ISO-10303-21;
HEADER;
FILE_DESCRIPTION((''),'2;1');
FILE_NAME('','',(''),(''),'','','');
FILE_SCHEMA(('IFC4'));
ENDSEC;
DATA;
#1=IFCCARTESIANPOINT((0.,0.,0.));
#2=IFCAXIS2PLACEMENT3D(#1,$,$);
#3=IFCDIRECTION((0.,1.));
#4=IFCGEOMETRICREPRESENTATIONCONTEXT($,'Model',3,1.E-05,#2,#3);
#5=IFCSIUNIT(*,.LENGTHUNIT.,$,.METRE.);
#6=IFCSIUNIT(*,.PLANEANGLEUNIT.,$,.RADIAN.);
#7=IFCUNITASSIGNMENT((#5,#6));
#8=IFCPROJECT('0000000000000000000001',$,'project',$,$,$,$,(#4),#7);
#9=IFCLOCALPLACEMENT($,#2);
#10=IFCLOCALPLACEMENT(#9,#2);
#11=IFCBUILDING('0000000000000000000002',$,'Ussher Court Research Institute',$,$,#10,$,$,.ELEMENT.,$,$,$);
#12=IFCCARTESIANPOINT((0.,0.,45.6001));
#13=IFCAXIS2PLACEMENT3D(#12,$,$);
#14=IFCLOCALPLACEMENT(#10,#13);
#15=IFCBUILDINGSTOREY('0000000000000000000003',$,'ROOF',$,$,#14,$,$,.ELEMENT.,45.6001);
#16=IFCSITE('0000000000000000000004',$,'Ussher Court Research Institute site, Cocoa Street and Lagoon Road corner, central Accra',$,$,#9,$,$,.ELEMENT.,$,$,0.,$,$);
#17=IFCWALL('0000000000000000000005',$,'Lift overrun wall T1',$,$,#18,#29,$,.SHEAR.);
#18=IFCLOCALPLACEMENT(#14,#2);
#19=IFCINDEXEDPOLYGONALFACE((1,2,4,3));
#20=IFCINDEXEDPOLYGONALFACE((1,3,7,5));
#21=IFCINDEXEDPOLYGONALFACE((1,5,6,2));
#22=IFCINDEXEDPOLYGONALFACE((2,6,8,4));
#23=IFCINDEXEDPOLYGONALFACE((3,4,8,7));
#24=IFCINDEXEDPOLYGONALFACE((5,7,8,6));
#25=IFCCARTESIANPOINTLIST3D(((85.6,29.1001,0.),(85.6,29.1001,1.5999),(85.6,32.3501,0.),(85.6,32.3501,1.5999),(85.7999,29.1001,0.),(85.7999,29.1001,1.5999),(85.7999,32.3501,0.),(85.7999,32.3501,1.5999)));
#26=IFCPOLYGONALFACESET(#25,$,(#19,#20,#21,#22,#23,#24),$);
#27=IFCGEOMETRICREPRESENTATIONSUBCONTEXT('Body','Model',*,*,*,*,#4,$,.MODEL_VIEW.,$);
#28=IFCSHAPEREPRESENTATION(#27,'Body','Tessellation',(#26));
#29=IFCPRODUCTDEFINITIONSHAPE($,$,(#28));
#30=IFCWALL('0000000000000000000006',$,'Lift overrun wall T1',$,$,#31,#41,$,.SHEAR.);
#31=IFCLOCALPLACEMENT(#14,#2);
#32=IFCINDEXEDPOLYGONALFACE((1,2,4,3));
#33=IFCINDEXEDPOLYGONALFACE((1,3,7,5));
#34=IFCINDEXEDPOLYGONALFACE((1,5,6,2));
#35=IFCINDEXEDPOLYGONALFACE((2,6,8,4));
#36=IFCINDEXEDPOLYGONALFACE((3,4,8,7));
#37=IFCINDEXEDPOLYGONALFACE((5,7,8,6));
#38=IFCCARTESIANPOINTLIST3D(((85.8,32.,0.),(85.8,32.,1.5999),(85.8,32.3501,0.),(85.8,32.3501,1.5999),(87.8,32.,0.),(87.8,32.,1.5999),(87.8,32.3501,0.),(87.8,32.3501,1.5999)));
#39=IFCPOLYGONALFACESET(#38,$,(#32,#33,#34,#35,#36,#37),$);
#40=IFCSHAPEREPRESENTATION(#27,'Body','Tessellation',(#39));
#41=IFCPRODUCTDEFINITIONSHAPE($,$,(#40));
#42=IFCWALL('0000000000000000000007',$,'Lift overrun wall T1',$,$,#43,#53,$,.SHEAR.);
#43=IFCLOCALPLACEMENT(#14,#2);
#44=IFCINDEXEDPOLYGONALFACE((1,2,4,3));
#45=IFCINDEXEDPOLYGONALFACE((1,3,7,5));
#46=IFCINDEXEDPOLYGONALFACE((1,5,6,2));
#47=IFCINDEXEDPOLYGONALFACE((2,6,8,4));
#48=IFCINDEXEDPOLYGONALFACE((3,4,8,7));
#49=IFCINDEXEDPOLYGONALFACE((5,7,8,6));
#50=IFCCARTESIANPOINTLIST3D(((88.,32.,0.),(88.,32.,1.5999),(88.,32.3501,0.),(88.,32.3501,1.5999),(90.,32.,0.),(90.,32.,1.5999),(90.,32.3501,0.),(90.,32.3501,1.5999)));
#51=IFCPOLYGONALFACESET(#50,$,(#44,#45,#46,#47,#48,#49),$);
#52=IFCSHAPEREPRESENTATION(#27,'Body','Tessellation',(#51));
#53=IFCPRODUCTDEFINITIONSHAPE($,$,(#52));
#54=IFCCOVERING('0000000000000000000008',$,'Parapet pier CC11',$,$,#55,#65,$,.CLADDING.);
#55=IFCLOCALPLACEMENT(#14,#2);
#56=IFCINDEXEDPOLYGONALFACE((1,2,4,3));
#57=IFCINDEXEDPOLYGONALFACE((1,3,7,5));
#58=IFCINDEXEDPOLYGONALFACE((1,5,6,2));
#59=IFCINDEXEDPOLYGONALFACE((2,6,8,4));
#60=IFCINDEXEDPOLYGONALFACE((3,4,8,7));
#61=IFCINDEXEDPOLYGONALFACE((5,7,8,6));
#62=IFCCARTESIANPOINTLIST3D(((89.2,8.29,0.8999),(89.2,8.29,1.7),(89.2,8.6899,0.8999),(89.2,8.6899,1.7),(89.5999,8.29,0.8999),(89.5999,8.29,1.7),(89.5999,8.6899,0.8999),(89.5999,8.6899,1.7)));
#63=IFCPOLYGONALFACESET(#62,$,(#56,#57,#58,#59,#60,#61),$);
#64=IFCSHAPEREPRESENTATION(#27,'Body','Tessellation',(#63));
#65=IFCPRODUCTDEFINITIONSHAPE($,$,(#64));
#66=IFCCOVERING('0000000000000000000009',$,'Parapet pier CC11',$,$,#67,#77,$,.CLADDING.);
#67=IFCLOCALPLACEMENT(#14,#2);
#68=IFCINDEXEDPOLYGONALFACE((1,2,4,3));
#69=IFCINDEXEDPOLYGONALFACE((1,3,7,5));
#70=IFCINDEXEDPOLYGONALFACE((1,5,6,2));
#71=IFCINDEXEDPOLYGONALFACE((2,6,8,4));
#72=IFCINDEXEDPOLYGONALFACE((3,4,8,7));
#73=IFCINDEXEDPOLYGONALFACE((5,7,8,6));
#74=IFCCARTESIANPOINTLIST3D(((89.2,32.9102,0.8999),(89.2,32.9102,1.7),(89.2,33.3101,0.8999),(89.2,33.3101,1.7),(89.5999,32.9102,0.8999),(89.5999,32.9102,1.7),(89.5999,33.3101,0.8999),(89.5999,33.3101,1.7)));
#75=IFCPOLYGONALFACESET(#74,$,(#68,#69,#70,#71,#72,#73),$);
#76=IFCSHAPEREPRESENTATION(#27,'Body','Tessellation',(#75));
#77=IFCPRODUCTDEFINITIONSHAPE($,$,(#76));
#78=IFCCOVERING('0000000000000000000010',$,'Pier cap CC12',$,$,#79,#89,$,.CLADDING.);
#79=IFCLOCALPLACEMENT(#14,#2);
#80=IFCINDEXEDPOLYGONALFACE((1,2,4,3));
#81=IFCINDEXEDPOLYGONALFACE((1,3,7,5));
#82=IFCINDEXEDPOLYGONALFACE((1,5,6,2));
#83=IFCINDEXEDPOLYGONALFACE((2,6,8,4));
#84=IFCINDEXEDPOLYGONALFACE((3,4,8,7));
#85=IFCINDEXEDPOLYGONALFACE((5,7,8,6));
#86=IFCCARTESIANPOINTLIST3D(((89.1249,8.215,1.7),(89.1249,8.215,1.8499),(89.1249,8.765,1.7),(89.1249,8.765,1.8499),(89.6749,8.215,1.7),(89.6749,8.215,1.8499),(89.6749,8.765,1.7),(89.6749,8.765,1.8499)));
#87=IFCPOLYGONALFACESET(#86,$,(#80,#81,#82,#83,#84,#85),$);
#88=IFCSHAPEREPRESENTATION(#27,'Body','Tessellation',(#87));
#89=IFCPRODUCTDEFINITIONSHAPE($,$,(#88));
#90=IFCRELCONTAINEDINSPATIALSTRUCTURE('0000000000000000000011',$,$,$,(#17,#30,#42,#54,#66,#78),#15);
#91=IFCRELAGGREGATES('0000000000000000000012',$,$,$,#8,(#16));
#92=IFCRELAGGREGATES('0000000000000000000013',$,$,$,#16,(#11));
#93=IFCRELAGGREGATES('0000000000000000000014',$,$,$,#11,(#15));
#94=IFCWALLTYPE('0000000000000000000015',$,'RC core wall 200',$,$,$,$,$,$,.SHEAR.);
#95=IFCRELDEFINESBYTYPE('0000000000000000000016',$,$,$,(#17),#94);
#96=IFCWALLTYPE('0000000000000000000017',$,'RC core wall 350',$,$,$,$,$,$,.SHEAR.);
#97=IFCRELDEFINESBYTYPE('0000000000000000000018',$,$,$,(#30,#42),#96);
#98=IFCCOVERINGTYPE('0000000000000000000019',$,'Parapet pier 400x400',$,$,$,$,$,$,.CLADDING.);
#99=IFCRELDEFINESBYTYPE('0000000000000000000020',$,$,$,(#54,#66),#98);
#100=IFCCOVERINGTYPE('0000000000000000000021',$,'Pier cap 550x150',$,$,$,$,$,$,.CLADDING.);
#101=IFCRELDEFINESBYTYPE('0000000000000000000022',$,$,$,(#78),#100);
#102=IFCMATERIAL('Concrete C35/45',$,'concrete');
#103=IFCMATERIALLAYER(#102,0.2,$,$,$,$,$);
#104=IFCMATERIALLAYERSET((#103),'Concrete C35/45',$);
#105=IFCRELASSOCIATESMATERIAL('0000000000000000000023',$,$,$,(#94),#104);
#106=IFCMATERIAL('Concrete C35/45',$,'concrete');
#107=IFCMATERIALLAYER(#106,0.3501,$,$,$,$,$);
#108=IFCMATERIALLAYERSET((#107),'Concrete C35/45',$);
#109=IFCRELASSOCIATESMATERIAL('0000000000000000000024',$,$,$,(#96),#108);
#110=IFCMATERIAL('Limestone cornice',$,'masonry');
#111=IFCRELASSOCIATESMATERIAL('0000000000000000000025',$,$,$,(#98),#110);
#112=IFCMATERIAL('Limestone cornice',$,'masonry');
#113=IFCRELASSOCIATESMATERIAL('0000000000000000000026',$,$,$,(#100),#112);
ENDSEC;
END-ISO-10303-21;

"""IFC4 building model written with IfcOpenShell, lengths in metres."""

from ifc_helpers import new_model, si_unit, direction, frame, frame_2d, origin, origin_2d, place, context, subcontext, project, spatial, rectangle, extrude, material, layer, layer_set, type_object, element, save


model = new_model("IFC4")

# Units and contexts
model_context = context("Model", 3, precision=1e-05, world=origin(), true_north=direction((0.0, 1.0)))
body_context = subcontext(model_context, "Body", "Model", "MODEL_VIEW")
ifc_project = project(units=[si_unit("LENGTHUNIT", "METRE"), si_unit("PLANEANGLEUNIT", "RADIAN")], contexts=[model_context])

# Site, building, storey
site_placement = place(None, origin())
site = spatial("IfcSite", under=ifc_project, at=site_placement, Name="Ussher Court Research Institute site, Cocoa Street and Lagoon Road corner, central Accra", CompositionType="ELEMENT", RefElevation=0.0)
building_placement = place(site_placement, origin())
building = spatial("IfcBuilding", under=site, at=building_placement, Name="Ussher Court Research Institute", CompositionType="ELEMENT")
storey_placement = place(building_placement, frame((0.0, 0.0, 45.6001)))
storey = spatial("IfcBuildingStorey", under=building, at=storey_placement, Name="ROOF", CompositionType="ELEMENT", Elevation=45.6001)

# Walls
ifc_material_1 = material(Name="Concrete C35/45", Category="concrete")
ifc_layer_1 = layer(ifc_material_1, 0.2)
ifc_layer_set_1 = layer_set([ifc_layer_1], Name="Concrete C35/45")
wall_type_1 = type_object("IfcWallType", Name="RC core wall 200", PredefinedType="SHEAR", material=ifc_layer_set_1)
wall_1_placement = place(storey_placement, frame((85.7, 29.1001, 0.0), z_axis=(0.0, 0.0, 1.0), x_axis=(0.0, 1.0, 0.0)))
element("IfcWall", 1, at=wall_1_placement, inside=storey, type_object=wall_type_1, Name="Lift overrun wall T1", PredefinedType="SHEAR", context=body_context, shape_type="SweptSolid", body=[
    extrude(rectangle(XDim=3.25, YDim=0.2, at=frame_2d((1.625, 0.0))), origin(), (0.0, 0.0, 1.0), 1.5999),
])
ifc_material_2 = material(Name="Concrete C35/45", Category="concrete")
ifc_layer_2 = layer(ifc_material_2, 0.3501)
ifc_layer_set_2 = layer_set([ifc_layer_2], Name="Concrete C35/45")
wall_type_2 = type_object("IfcWallType", Name="RC core wall 350", PredefinedType="SHEAR", material=ifc_layer_set_2)
for number, where, z_axis, x_axis, name in (
    (2, (85.8, 32.175, 0.0), (0.0, 0.0, 1.0), (1.0, 0.0, 0.0), "Lift overrun wall T1"),
    (3, (88.0, 32.175, 0.0), (0.0, 0.0, 1.0), (1.0, 0.0, 0.0), "Lift overrun wall T1"),
):
    element("IfcWall", number, at=place(storey_placement, frame(where, z_axis=z_axis, x_axis=x_axis)), inside=storey, type_object=wall_type_2, Name=name, PredefinedType="SHEAR", context=body_context, shape_type="SweptSolid", body=[
        extrude(rectangle(XDim=2.0, YDim=0.3501, at=frame_2d((1.0, 0.0))), origin(), (0.0, 0.0, 1.0), 1.5999),
    ])

# Coverings
ifc_material_3 = material(Name="Limestone cornice", Category="masonry")
covering_type_1 = type_object("IfcCoveringType", Name="Parapet pier 400x400", PredefinedType="CLADDING", material=ifc_material_3)
for number, where, z_axis, x_axis, name in (
    (4, (89.3999, 8.49, 0.8999), (0.0, 0.0, 1.0), (1.0, 0.0, 0.0), "Parapet pier CC11"),
    (5, (89.3999, 33.1101, 0.8999), (0.0, 0.0, 1.0), (1.0, 0.0, 0.0), "Parapet pier CC11"),
):
    element("IfcCovering", number, at=place(storey_placement, frame(where, z_axis=z_axis, x_axis=x_axis)), inside=storey, type_object=covering_type_1, Name=name, PredefinedType="CLADDING", context=body_context, shape_type="SweptSolid", body=[
        extrude(rectangle(XDim=0.3999, YDim=0.3999, at=origin_2d()), origin(), (0.0, 0.0, 1.0), 0.8),
    ])
ifc_material_4 = material(Name="Limestone cornice", Category="masonry")
covering_type_2 = type_object("IfcCoveringType", Name="Pier cap 550x150", PredefinedType="CLADDING", material=ifc_material_4)
covering_placement = place(storey_placement, frame((89.3999, 8.49, 1.7), z_axis=(0.0, 0.0, 1.0), x_axis=(1.0, 0.0, 0.0)))
element("IfcCovering", 6, at=covering_placement, inside=storey, type_object=covering_type_2, Name="Pier cap CC12", PredefinedType="CLADDING", context=body_context, shape_type="SweptSolid", body=[
    extrude(rectangle(XDim=0.55, YDim=0.55, at=origin_2d()), origin(), (0.0, 0.0, 1.0), 0.1499),
])

save(model, "model.ifc")
